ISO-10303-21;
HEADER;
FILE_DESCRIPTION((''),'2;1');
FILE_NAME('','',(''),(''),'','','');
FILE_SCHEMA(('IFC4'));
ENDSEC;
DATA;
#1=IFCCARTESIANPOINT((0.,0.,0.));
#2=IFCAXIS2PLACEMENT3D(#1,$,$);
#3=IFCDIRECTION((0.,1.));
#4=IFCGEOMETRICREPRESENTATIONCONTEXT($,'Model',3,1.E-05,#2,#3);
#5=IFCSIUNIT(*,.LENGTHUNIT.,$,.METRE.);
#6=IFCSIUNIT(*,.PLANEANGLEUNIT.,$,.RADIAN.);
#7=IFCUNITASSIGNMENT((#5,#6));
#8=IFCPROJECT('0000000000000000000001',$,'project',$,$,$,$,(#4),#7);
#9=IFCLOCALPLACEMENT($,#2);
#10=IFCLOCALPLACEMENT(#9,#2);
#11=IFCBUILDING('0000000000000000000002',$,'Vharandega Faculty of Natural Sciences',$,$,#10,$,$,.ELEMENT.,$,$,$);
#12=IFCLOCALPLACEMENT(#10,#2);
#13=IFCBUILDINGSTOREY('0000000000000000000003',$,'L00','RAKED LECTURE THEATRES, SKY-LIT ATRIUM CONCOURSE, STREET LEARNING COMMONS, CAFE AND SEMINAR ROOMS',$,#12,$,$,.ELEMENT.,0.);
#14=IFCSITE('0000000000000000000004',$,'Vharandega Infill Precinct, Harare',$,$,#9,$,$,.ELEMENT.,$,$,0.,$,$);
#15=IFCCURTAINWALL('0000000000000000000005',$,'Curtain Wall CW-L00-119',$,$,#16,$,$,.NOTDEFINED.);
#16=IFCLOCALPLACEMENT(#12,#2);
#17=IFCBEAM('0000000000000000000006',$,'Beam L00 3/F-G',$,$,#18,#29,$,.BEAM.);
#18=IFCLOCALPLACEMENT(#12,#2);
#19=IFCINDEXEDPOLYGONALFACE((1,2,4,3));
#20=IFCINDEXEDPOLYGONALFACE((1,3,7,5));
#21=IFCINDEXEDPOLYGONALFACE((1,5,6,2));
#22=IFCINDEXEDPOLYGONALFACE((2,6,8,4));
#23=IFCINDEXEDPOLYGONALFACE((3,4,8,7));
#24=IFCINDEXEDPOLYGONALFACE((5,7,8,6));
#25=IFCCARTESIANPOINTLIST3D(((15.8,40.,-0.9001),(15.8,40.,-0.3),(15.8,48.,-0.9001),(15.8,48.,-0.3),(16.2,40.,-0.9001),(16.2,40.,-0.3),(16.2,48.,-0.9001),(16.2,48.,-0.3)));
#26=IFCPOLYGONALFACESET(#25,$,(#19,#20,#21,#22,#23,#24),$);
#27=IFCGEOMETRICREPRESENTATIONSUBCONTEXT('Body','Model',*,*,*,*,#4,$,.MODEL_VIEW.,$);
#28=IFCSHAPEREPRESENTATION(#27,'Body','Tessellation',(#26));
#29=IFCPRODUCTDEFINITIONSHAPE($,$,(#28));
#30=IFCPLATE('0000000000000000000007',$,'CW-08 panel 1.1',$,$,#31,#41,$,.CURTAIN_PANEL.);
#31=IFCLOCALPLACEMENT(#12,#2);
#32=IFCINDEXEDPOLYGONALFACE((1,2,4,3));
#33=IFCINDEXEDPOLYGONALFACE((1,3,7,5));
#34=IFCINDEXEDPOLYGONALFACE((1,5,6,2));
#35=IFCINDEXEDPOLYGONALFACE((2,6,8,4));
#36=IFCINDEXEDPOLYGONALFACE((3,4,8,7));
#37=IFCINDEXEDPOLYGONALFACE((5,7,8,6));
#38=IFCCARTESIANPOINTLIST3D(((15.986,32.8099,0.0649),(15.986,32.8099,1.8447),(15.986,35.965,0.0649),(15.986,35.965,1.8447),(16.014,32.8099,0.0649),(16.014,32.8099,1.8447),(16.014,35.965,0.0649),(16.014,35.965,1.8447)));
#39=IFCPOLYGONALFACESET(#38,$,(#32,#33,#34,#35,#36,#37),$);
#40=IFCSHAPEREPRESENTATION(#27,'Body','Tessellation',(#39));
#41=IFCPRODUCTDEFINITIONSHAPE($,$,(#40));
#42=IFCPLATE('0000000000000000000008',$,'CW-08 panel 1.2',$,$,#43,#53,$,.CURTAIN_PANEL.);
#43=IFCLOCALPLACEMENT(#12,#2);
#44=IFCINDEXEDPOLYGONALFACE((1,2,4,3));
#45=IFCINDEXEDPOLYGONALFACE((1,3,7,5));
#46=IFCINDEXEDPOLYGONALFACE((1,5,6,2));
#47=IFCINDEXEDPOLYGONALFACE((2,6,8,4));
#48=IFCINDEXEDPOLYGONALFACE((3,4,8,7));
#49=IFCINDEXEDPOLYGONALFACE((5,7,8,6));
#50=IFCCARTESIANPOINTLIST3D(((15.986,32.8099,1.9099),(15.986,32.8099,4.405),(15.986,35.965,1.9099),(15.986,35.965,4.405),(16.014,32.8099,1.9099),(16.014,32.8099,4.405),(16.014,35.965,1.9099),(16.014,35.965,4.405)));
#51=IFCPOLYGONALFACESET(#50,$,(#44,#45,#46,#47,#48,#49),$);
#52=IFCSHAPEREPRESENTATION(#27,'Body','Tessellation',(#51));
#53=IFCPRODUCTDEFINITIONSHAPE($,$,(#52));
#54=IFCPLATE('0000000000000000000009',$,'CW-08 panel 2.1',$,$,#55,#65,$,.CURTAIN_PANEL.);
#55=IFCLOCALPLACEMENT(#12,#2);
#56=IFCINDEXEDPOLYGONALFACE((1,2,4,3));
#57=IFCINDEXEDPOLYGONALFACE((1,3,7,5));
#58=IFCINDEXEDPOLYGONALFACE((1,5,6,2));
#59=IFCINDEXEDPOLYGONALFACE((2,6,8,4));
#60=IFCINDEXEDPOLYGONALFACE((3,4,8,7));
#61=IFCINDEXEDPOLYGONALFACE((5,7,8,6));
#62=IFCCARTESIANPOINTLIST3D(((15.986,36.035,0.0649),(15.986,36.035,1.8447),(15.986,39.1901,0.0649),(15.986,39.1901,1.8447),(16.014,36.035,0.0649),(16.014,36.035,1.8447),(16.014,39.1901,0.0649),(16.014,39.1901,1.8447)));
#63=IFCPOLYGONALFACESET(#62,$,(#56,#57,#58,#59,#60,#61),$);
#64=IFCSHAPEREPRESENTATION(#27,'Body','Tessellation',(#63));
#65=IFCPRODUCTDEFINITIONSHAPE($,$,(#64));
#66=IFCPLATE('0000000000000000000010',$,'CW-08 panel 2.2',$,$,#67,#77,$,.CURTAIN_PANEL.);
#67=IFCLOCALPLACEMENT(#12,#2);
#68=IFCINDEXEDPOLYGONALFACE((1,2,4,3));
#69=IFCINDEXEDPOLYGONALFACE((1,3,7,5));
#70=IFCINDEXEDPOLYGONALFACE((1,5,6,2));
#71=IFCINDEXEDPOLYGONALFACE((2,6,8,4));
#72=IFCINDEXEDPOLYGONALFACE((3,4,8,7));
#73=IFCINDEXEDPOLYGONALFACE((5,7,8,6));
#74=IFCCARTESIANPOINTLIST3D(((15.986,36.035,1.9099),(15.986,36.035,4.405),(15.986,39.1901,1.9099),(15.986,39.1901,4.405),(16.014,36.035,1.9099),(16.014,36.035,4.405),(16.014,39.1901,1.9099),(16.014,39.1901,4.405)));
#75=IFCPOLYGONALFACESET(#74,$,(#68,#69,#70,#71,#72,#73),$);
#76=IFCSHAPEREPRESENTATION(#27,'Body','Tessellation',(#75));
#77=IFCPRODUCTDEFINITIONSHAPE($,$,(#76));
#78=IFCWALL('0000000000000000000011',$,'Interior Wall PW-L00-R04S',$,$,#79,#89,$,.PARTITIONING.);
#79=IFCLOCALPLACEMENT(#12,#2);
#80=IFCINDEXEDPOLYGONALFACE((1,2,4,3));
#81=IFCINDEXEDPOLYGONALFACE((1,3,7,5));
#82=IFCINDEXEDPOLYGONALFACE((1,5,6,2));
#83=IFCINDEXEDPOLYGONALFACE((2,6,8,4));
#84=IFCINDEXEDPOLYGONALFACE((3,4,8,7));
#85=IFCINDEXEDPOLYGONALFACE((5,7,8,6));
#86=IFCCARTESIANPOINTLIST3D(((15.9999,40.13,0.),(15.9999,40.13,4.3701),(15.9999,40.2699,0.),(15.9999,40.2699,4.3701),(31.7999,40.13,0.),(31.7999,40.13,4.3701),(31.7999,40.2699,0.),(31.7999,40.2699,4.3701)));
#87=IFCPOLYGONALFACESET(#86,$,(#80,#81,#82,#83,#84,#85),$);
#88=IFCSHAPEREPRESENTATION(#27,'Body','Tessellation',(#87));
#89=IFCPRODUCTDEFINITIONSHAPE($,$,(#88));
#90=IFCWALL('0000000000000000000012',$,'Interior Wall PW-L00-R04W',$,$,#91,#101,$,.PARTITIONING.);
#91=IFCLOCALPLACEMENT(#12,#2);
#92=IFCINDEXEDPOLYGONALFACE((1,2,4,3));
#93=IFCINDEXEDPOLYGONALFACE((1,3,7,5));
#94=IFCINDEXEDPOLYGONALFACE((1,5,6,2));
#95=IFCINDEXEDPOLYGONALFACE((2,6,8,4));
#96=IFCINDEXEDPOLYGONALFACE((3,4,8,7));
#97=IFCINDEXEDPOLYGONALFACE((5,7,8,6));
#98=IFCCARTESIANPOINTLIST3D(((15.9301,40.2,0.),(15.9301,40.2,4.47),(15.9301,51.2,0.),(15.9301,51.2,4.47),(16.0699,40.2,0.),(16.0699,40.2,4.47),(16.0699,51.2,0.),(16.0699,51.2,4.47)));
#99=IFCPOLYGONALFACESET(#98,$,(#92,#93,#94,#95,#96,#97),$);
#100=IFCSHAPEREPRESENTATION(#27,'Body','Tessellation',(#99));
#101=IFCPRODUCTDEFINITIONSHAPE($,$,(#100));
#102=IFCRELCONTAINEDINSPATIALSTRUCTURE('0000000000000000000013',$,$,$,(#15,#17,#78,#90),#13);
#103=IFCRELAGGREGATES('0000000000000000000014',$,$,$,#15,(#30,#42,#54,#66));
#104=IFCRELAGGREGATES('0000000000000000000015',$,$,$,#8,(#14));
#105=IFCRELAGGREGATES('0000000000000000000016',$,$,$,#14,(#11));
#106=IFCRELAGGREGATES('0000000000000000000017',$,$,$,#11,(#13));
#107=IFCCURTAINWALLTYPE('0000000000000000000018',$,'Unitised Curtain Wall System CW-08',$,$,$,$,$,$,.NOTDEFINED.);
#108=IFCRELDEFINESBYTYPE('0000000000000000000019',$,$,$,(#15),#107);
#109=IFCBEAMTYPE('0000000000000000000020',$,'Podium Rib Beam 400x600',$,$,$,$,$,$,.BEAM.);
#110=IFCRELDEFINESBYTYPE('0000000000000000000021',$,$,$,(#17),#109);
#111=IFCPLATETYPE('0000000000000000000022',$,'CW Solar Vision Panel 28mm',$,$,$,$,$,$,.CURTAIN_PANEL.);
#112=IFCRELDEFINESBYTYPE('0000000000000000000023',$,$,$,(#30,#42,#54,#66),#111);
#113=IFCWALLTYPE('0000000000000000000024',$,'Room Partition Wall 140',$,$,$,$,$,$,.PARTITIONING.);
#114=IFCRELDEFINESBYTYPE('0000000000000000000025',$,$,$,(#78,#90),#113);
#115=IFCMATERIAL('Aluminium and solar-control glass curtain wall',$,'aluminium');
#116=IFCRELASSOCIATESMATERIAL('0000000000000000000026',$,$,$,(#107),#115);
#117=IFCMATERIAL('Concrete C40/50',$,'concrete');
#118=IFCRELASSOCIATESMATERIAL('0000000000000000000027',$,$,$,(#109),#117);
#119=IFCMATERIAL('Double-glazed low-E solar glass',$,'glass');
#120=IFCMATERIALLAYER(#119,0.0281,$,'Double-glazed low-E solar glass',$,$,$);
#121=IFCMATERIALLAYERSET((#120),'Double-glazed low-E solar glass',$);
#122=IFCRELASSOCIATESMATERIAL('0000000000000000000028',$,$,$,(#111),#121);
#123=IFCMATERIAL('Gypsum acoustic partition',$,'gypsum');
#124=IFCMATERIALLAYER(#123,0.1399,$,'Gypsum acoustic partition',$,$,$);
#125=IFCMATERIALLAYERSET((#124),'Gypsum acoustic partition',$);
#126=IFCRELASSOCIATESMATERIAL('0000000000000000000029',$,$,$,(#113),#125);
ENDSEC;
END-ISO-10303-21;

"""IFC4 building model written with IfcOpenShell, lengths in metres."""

from ifc_helpers import new_model, si_unit, direction, frame, frame_2d, origin, origin_2d, place, context, subcontext, project, spatial, rectangle, extrude, material, layer, layer_set, material_profile, profile_set, type_object, element, aggregate, save


model = new_model("IFC4")

# Units and contexts
model_context = context("Model", 3, precision=1e-05, world=origin(), true_north=direction((0.0, 1.0)))
body_context = subcontext(model_context, "Body", "Model", "MODEL_VIEW")
ifc_project = project(units=[si_unit("LENGTHUNIT", "METRE"), si_unit("PLANEANGLEUNIT", "RADIAN")], contexts=[model_context])

# Site, building, storey
site_placement = place(None, origin())
site = spatial("IfcSite", under=ifc_project, at=site_placement, Name="Vharandega Infill Precinct, Harare", CompositionType="ELEMENT", RefElevation=0.0)
building_placement = place(site_placement, origin())
building = spatial("IfcBuilding", under=site, at=building_placement, Name="Vharandega Faculty of Natural Sciences", CompositionType="ELEMENT")
storey_placement = place(building_placement, origin())
storey = spatial("IfcBuildingStorey", under=building, at=storey_placement, Name="L00", Description="RAKED LECTURE THEATRES, SKY-LIT ATRIUM CONCOURSE, STREET LEARNING COMMONS, CAFE AND SEMINAR ROOMS", CompositionType="ELEMENT", Elevation=0.0)

# Curtain wall
ifc_material_1 = material(Name="Aluminium and solar-control glass curtain wall", Category="aluminium")
curtain_wall_type_1 = type_object("IfcCurtainWallType", Name="Unitised Curtain Wall System CW-08", PredefinedType="NOTDEFINED", material=ifc_material_1)
curtain_wall_1_placement = place(storey_placement, origin())
curtain_wall_1 = element("IfcCurtainWall", 1, at=curtain_wall_1_placement, inside=storey, type_object=curtain_wall_type_1, Name="Curtain Wall CW-L00-119", PredefinedType="NOTDEFINED")

# Beam
ifc_material_2 = material(Name="Concrete C40/50", Category="concrete")
ifc_material_profile_1 = material_profile(ifc_material_2, rectangle(XDim=0.3999, YDim=0.6001, at=origin_2d()), Name="RC 400x600")
ifc_profile_set_1 = profile_set([ifc_material_profile_1], Name="Concrete C40/50")
beam_type_1 = type_object("IfcBeamType", Name="Podium Rib Beam 400x600", PredefinedType="BEAM", material=ifc_profile_set_1)
beam_1_placement = place(storey_placement, frame((16.0, 40.0, -0.6001), z_axis=(0.0, 1.0, 0.0), x_axis=(-1.0, 0.0, 0.0)))
element("IfcBeam", 2, at=beam_1_placement, inside=storey, type_object=beam_type_1, Name="Beam L00 3/F-G", PredefinedType="BEAM", context=body_context, shape_type="SweptSolid", body=[
    extrude(rectangle(XDim=0.3999, YDim=0.6001, at=origin_2d()), origin(), (0.0, 0.0, 1.0), 8.0),
])

# Plates
ifc_material_3 = material(Name="Double-glazed low-E solar glass", Category="glass")
ifc_layer_1 = layer(ifc_material_3, 0.0281, Name="Double-glazed low-E solar glass")
ifc_layer_set_1 = layer_set([ifc_layer_1], Name="Double-glazed low-E solar glass")
plate_type = type_object("IfcPlateType", Name="CW Solar Vision Panel 28mm", PredefinedType="CURTAIN_PANEL", material=ifc_layer_set_1)
plate_1_placement = place(storey_placement, frame((16.0, 34.3875, 0.0649), z_axis=(0.0, 0.0, 1.0), x_axis=(0.0, 1.0, 0.0)))
plate_1 = element("IfcPlate", 3, at=plate_1_placement, type_object=plate_type, Name="CW-08 panel 1.1", PredefinedType="CURTAIN_PANEL", context=body_context, shape_type="SweptSolid", body=[
    extrude(rectangle(XDim=3.155, YDim=0.0281, at=origin_2d()), origin(), (0.0, 0.0, 1.0), 1.7798),
])
plate_2_placement = place(storey_placement, frame((16.0, 34.3875, 1.9099), z_axis=(0.0, 0.0, 1.0), x_axis=(0.0, 1.0, 0.0)))
plate_2 = element("IfcPlate", 4, at=plate_2_placement, type_object=plate_type, Name="CW-08 panel 1.2", PredefinedType="CURTAIN_PANEL", context=body_context, shape_type="SweptSolid", body=[
    extrude(rectangle(XDim=3.155, YDim=0.0281, at=origin_2d()), origin(), (0.0, 0.0, 1.0), 2.4951),
])
plate_3_placement = place(storey_placement, frame((16.0, 37.6125, 0.0649), z_axis=(0.0, 0.0, 1.0), x_axis=(0.0, 1.0, 0.0)))
plate_3 = element("IfcPlate", 5, at=plate_3_placement, type_object=plate_type, Name="CW-08 panel 2.1", PredefinedType="CURTAIN_PANEL", context=body_context, shape_type="SweptSolid", body=[
    extrude(rectangle(XDim=3.155, YDim=0.0281, at=origin_2d()), origin(), (0.0, 0.0, 1.0), 1.7798),
])
plate_4_placement = place(storey_placement, frame((16.0, 37.6125, 1.9099), z_axis=(0.0, 0.0, 1.0), x_axis=(0.0, 1.0, 0.0)))
plate_4 = element("IfcPlate", 6, at=plate_4_placement, type_object=plate_type, Name="CW-08 panel 2.2", PredefinedType="CURTAIN_PANEL", context=body_context, shape_type="SweptSolid", body=[
    extrude(rectangle(XDim=3.155, YDim=0.0281, at=origin_2d()), origin(), (0.0, 0.0, 1.0), 2.4951),
])
aggregate(curtain_wall_1, [plate_1, plate_2, plate_3, plate_4])

# Walls
ifc_material_4 = material(Name="Gypsum acoustic partition", Category="gypsum")
ifc_layer_2 = layer(ifc_material_4, 0.1399, Name="Gypsum acoustic partition")
ifc_layer_set_2 = layer_set([ifc_layer_2], Name="Gypsum acoustic partition")
wall_type = type_object("IfcWallType", Name="Room Partition Wall 140", PredefinedType="PARTITIONING", material=ifc_layer_set_2)
wall_1_placement = place(storey_placement, frame((16.0, 40.2, 0.0), z_axis=(0.0, 0.0, 1.0), x_axis=(1.0, 0.0, 0.0)))
element("IfcWall", 7, at=wall_1_placement, inside=storey, type_object=wall_type, Name="Interior Wall PW-L00-R04S", PredefinedType="PARTITIONING", context=body_context, shape_type="SweptSolid", body=[
    extrude(rectangle(XDim=15.8, YDim=0.1399, at=frame_2d((7.8999, 0.0))), origin(), (0.0, 0.0, 1.0), 4.3701),
])
wall_2_placement = place(storey_placement, frame((16.0, 40.2, 0.0), z_axis=(0.0, 0.0, 1.0), x_axis=(0.0, 1.0, 0.0)))
element("IfcWall", 8, at=wall_2_placement, inside=storey, type_object=wall_type, Name="Interior Wall PW-L00-R04W", PredefinedType="PARTITIONING", context=body_context, shape_type="SweptSolid", body=[
    extrude(rectangle(XDim=11.0, YDim=0.1399, at=frame_2d((5.5, 0.0))), origin(), (0.0, 0.0, 1.0), 4.47),
])

save(model, "model.ifc")
